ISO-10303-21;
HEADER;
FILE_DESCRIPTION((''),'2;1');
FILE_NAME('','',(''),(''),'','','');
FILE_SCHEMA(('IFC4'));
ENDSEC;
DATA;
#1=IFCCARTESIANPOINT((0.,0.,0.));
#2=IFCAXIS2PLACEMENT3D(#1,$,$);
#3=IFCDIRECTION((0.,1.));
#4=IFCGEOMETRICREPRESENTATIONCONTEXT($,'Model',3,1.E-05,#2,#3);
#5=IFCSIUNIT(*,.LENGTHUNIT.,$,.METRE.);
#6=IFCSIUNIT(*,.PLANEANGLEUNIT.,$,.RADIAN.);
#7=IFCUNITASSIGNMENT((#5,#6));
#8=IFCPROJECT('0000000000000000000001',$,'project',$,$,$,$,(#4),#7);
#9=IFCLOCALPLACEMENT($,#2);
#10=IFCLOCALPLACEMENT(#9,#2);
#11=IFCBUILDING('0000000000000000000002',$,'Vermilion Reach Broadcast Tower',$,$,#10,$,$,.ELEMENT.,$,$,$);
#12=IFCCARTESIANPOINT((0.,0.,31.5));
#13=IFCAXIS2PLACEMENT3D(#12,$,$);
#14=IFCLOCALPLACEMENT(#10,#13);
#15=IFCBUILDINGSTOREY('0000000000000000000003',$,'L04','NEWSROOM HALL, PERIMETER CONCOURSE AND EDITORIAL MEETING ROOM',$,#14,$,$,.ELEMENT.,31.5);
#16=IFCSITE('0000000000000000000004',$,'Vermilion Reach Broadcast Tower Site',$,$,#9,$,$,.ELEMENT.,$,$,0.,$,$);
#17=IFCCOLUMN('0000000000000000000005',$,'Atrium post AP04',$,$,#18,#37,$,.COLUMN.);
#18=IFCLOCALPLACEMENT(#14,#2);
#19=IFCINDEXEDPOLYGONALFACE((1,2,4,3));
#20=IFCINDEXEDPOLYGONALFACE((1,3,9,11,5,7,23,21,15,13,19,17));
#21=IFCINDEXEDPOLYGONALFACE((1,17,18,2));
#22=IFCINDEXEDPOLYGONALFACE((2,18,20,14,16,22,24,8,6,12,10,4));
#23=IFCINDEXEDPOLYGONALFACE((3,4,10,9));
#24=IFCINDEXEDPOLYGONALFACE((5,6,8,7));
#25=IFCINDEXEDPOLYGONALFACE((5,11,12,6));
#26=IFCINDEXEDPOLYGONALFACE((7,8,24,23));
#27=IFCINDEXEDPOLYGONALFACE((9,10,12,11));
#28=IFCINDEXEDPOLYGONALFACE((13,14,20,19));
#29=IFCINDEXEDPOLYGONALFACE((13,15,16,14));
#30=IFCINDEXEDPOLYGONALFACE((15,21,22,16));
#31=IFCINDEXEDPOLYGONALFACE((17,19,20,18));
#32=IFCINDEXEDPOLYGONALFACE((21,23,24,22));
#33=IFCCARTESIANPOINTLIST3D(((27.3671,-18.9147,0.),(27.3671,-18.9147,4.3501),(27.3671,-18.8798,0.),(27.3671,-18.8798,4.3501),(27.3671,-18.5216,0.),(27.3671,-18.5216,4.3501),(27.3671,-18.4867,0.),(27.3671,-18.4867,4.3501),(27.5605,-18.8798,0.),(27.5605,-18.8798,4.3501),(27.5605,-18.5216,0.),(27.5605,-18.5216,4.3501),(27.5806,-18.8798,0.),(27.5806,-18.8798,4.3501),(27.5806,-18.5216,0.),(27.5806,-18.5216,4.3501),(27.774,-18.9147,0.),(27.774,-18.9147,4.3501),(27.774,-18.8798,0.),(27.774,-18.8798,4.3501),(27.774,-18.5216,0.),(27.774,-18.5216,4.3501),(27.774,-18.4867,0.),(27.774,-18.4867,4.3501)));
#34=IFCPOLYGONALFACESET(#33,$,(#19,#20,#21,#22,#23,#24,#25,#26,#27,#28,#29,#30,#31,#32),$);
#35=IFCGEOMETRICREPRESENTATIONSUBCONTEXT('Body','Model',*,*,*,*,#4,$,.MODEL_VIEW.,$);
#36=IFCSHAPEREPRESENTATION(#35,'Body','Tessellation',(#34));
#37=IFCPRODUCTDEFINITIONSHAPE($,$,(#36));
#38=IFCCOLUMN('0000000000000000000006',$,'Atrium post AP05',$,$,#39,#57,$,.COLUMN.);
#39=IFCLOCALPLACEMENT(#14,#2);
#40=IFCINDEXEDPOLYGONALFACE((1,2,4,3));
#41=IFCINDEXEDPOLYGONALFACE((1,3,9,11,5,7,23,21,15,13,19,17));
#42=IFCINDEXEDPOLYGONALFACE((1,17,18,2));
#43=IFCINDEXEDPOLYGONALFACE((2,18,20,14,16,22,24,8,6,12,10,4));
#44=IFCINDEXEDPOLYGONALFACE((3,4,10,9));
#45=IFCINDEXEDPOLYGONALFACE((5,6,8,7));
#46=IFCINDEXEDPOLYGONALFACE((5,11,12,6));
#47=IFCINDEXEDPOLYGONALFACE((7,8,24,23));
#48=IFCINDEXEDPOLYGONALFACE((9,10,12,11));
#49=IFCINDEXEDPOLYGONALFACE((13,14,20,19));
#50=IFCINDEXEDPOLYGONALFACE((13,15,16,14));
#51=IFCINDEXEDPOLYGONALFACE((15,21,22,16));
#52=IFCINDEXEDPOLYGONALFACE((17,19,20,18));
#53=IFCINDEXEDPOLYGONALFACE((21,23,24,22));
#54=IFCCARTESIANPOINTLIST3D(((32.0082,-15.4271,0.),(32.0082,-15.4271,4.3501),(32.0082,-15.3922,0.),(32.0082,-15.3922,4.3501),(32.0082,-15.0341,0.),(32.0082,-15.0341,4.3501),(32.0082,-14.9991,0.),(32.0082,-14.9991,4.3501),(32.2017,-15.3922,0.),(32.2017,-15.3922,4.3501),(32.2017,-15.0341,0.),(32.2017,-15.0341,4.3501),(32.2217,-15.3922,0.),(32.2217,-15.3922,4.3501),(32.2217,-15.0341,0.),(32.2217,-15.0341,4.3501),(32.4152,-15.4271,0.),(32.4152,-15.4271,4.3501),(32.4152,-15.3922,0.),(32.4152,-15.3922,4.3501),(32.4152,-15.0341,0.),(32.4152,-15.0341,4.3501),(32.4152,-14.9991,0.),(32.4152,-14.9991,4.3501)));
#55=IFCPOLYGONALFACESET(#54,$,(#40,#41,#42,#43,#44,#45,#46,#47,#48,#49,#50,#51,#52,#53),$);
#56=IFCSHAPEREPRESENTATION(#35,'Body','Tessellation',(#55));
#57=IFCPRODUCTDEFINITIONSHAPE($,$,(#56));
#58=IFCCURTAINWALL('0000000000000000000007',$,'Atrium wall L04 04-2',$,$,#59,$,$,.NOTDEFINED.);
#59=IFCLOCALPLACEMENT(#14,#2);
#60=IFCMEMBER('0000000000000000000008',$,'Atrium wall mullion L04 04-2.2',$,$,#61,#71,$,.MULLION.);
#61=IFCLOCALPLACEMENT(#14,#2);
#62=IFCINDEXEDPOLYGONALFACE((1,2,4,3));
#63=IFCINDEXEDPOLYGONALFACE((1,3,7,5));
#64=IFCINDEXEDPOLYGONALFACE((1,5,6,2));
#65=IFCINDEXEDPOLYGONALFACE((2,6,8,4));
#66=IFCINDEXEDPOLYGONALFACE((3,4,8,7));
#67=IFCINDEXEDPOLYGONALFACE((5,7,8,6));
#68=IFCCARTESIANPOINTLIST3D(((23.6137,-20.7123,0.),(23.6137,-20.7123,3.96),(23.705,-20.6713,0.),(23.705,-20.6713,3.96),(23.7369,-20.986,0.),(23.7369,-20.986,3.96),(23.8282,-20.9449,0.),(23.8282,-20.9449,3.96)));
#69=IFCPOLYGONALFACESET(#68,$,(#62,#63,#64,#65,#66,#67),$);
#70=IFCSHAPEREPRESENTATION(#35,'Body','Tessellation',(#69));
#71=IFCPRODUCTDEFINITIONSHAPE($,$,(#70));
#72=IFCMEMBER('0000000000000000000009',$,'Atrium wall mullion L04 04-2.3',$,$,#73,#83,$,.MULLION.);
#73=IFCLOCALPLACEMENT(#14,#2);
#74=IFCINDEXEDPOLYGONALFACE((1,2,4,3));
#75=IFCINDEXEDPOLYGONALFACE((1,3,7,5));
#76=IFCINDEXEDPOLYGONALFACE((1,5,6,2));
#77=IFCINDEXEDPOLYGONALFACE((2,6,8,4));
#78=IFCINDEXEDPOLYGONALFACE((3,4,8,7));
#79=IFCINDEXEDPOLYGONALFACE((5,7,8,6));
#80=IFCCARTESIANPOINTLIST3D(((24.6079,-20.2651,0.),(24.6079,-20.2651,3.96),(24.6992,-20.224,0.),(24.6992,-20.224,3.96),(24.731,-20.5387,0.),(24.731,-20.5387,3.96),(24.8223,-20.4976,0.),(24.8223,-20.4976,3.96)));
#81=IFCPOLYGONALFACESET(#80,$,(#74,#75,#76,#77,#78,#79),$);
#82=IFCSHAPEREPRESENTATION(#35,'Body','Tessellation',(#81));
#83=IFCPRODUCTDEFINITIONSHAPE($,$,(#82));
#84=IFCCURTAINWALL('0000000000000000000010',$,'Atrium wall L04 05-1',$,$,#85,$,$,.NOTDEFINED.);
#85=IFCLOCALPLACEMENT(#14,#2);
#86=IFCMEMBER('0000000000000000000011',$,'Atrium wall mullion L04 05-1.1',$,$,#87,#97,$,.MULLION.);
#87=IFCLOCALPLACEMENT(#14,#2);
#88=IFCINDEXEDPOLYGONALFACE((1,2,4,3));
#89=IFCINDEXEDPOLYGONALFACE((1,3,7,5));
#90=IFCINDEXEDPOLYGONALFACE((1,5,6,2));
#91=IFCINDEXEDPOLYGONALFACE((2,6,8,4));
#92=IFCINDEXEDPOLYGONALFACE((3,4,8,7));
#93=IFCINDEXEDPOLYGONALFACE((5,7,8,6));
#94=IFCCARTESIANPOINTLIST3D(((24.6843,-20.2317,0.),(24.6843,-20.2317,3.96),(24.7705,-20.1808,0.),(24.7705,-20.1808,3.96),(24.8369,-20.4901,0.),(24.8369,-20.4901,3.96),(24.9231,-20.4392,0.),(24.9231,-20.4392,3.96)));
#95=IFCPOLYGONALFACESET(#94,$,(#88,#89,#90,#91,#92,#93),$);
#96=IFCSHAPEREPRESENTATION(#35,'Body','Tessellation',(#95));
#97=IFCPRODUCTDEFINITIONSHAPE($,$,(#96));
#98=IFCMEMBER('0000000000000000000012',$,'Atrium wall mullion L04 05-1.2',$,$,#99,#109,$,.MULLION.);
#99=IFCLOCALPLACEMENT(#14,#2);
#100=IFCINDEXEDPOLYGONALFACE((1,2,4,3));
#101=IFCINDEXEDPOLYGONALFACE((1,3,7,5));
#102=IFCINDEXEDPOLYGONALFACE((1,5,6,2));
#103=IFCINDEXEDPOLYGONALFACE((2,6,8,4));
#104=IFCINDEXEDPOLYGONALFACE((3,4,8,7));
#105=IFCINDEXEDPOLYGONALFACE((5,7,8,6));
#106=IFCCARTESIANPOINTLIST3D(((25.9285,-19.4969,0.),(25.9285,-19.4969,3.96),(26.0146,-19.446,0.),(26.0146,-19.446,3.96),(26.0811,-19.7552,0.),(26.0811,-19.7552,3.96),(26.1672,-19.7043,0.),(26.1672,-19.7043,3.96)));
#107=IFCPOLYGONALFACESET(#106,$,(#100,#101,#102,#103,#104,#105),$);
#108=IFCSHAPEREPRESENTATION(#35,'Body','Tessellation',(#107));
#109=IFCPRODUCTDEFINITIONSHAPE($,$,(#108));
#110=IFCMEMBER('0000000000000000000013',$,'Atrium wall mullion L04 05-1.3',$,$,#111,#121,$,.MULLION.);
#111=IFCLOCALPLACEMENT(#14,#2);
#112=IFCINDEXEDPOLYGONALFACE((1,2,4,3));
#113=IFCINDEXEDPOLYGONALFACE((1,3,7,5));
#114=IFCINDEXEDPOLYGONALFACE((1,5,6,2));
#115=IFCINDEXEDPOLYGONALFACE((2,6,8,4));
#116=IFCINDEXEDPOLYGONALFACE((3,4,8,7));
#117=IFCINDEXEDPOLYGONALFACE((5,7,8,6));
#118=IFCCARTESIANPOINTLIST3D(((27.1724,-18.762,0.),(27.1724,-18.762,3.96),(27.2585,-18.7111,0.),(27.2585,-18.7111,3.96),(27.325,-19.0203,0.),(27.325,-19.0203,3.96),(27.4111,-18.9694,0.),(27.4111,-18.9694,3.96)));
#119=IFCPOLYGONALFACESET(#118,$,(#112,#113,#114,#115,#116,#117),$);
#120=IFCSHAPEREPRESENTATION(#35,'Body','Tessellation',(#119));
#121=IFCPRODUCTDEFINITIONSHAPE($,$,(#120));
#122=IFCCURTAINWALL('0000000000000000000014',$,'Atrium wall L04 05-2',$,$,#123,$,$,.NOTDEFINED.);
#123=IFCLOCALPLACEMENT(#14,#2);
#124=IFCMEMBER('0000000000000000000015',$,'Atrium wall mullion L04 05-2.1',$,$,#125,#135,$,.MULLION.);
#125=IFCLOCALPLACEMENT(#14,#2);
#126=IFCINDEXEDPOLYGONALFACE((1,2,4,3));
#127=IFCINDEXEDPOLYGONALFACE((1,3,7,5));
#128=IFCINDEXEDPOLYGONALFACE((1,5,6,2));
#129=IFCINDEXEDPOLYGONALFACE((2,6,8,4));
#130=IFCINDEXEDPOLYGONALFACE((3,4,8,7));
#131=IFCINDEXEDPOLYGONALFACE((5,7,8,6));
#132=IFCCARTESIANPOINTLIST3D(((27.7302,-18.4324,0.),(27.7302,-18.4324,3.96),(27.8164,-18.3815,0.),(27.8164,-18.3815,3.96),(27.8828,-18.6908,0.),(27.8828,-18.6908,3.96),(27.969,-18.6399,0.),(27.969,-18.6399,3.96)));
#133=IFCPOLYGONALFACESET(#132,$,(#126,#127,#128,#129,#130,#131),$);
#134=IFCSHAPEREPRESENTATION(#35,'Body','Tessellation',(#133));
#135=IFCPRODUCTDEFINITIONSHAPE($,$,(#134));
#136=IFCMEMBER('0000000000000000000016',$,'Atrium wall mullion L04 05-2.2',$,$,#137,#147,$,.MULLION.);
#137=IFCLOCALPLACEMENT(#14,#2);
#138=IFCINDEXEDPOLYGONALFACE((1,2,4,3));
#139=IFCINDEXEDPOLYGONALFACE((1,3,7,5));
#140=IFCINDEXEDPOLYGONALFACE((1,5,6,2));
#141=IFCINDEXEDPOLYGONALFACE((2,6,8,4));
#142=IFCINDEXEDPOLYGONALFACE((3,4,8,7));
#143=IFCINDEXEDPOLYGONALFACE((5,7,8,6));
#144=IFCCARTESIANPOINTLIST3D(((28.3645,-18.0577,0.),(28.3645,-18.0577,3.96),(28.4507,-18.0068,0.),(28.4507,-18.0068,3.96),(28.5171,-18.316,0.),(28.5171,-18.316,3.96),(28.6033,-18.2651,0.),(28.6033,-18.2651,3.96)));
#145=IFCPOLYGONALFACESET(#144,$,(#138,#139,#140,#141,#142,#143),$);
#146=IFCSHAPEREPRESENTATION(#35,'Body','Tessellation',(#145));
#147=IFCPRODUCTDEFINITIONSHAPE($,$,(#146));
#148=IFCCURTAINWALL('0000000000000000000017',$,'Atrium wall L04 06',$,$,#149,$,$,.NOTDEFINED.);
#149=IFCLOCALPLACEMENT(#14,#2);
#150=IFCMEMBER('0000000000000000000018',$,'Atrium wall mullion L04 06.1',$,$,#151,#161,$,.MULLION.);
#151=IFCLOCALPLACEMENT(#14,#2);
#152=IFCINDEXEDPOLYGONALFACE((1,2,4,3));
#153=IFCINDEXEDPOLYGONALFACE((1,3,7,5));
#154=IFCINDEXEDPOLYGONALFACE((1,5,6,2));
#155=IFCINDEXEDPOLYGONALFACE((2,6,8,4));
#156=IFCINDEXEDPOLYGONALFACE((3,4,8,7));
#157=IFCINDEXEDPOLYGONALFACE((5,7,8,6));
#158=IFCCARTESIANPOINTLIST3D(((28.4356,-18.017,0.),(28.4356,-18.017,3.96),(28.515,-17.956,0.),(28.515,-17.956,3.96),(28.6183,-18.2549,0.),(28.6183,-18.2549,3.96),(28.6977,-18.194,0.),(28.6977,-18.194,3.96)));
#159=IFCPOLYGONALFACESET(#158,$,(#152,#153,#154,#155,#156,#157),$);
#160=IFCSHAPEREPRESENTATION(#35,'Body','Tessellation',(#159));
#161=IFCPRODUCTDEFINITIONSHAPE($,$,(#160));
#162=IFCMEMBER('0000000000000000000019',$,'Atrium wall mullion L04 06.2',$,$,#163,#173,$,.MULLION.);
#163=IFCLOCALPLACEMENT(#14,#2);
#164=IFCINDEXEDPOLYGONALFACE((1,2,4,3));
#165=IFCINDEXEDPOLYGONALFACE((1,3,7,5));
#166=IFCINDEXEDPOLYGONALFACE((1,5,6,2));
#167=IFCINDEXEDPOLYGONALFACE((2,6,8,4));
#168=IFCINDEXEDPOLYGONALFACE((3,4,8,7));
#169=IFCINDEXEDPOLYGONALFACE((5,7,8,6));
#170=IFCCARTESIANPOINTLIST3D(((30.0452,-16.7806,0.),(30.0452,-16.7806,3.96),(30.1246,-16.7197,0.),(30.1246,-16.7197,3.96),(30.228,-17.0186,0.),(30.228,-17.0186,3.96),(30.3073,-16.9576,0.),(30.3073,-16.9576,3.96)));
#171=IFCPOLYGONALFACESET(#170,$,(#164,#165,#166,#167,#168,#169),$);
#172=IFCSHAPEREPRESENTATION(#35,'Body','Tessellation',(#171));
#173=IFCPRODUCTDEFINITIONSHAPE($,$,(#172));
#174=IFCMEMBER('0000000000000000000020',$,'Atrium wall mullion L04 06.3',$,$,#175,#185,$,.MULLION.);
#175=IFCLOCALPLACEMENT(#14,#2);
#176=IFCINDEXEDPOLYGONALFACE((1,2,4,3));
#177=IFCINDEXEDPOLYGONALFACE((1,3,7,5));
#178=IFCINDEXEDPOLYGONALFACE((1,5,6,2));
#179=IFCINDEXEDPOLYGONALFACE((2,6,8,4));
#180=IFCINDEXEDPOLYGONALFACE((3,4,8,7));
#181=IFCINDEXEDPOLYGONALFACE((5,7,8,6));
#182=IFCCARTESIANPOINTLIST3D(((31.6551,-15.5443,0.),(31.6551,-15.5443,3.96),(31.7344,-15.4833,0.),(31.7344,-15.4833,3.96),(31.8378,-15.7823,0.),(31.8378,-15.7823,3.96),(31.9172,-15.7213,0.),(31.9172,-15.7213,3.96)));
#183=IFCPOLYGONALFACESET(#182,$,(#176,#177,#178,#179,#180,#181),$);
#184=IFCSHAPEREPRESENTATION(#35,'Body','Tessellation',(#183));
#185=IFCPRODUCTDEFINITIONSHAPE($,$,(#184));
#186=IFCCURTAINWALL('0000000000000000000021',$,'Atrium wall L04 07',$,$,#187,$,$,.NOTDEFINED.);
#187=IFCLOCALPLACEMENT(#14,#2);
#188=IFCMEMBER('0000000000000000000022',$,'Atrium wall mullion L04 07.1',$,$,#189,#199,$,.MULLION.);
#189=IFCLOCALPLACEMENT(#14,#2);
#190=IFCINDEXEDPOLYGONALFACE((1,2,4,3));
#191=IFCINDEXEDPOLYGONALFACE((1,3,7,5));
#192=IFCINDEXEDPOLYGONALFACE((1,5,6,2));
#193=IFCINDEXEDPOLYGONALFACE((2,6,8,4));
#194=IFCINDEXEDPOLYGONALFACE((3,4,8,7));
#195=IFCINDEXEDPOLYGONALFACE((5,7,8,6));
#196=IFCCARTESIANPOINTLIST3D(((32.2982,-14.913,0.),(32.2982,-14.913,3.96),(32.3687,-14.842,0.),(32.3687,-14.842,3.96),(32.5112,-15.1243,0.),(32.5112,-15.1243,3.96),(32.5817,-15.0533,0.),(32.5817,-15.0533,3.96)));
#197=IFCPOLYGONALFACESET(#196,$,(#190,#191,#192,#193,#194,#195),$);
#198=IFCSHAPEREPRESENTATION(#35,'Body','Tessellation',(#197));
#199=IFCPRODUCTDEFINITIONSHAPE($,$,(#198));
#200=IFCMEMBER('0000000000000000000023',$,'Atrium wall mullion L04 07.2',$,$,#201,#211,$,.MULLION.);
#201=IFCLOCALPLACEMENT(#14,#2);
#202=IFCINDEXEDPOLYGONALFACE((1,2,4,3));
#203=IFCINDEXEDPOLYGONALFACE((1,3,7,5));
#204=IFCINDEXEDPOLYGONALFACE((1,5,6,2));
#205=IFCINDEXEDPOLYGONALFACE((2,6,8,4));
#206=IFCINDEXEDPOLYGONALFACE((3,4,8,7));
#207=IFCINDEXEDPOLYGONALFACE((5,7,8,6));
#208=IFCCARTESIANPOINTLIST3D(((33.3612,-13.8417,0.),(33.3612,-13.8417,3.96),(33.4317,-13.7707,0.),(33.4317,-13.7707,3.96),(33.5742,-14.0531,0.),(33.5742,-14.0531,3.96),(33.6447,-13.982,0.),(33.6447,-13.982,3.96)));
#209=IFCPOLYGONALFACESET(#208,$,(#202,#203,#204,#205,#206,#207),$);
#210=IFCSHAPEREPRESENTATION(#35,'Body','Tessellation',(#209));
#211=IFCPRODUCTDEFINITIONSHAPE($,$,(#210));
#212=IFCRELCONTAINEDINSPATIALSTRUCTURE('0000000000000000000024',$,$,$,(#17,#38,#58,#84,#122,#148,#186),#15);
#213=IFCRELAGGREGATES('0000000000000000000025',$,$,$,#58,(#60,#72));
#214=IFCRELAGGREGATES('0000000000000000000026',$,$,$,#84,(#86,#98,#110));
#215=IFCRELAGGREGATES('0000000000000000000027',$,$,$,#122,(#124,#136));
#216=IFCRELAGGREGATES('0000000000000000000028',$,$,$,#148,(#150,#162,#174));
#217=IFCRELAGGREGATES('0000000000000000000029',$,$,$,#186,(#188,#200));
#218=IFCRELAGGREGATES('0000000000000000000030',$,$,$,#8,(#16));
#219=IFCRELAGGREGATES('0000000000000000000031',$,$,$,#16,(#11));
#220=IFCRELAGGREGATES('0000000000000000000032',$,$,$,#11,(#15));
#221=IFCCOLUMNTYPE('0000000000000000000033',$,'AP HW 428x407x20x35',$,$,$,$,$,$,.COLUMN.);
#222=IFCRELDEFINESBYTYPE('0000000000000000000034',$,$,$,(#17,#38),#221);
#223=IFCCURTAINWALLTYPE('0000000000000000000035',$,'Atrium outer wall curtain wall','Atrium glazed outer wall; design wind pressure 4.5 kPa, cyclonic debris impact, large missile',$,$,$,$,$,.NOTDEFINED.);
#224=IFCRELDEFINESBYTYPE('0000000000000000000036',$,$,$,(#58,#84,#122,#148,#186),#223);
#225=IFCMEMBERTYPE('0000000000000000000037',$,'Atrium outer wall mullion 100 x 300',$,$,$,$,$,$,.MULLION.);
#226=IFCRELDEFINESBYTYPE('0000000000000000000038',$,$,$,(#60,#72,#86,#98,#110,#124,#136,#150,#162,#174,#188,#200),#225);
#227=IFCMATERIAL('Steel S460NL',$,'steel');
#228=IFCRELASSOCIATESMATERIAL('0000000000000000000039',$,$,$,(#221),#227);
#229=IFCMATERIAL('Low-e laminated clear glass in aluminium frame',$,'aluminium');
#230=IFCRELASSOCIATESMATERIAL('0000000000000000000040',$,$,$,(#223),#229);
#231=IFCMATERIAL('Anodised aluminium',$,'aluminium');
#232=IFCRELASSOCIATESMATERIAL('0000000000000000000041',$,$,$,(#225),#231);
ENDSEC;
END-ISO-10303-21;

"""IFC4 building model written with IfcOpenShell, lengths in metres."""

from ifc_helpers import new_model, si_unit, direction, frame, origin, origin_2d, place, context, subcontext, project, spatial, rectangle, i_section, extrude, material, material_profile, profile_set, type_object, element, aggregate, save


model = new_model("IFC4")

# Units and contexts
model_context = context("Model", 3, precision=1e-05, world=origin(), true_north=direction((0.0, 1.0)))
body_context = subcontext(model_context, "Body", "Model", "MODEL_VIEW")
ifc_project = project(units=[si_unit("LENGTHUNIT", "METRE"), si_unit("PLANEANGLEUNIT", "RADIAN")], contexts=[model_context])

# Site, building, storey
site_placement = place(None, origin())
site = spatial("IfcSite", under=ifc_project, at=site_placement, Name="Vermilion Reach Broadcast Tower Site", CompositionType="ELEMENT", RefElevation=0.0)
building_placement = place(site_placement, origin())
building = spatial("IfcBuilding", under=site, at=building_placement, Name="Vermilion Reach Broadcast Tower", CompositionType="ELEMENT")
storey_placement = place(building_placement, frame((0.0, 0.0, 31.5)))
storey = spatial("IfcBuildingStorey", under=building, at=storey_placement, Name="L04", Description="NEWSROOM HALL, PERIMETER CONCOURSE AND EDITORIAL MEETING ROOM", CompositionType="ELEMENT", Elevation=31.5)

# Columns
ifc_material_1 = material(Name="Steel S460NL", Category="steel")
ifc_material_profile_1 = material_profile(ifc_material_1, i_section(OverallWidth=0.407, OverallDepth=0.428, WebThickness=0.02, FlangeThickness=0.0349, at=origin_2d()), Name="S460NL HW 428x407x20x35")
ifc_profile_set_1 = profile_set([ifc_material_profile_1], Name="Steel S460NL")
column_type = type_object("IfcColumnType", Name="AP HW 428x407x20x35", PredefinedType="COLUMN", material=ifc_profile_set_1)
for number, where, z_axis, x_axis, name in (
    (1, (27.5706, -18.7007, 0.0), (0.0, 0.0, 1.0), (1.0, 0.0, 0.0), "Atrium post AP04"),
    (2, (32.2117, -15.2131, 0.0), (0.0, 0.0, 1.0), (1.0, 0.0, 0.0), "Atrium post AP05"),
):
    element("IfcColumn", number, at=place(storey_placement, frame(where, z_axis=z_axis, x_axis=x_axis)), inside=storey, type_object=column_type, Name=name, PredefinedType="COLUMN", context=body_context, shape_type="SweptSolid", body=[
        extrude(i_section(OverallWidth=0.407, OverallDepth=0.428, WebThickness=0.02, FlangeThickness=0.0349, at=origin_2d()), origin(), (0.0, 0.0, 1.0), 4.3501),
    ])

# Curtain walls, members
ifc_material_2 = material(Name="Low-e laminated clear glass in aluminium frame", Category="aluminium")
curtain_wall_type = type_object("IfcCurtainWallType", Name="Atrium outer wall curtain wall", Description="Atrium glazed outer wall; design wind pressure 4.5 kPa, cyclonic debris impact, large missile", PredefinedType="NOTDEFINED", material=ifc_material_2)
placement = place(storey_placement, origin())
curtain_wall_1 = element("IfcCurtainWall", 3, at=placement, inside=storey, type_object=curtain_wall_type, Name="Atrium wall L04 04-2", PredefinedType="NOTDEFINED")
ifc_material_3 = material(Name="Anodised aluminium", Category="aluminium")
ifc_material_profile_2 = material_profile(ifc_material_3, rectangle(XDim=0.3, YDim=0.1001, at=origin_2d()), Name="Atrium outer wall mullion 100 x 300")
ifc_profile_set_2 = profile_set([ifc_material_profile_2], Name="Anodised aluminium")
member_type_1 = type_object("IfcMemberType", Name="Atrium outer wall mullion 100 x 300", PredefinedType="MULLION", material=ifc_profile_set_2)
member_1_placement = place(storey_placement, frame((23.7209, -20.8286, 0.0), z_axis=(0.0, 0.0, 1.0), x_axis=(-0.410408, 0.911902, 0.0)))
member_1 = element("IfcMember", 4, at=member_1_placement, type_object=member_type_1, Name="Atrium wall mullion L04 04-2.2", PredefinedType="MULLION", context=body_context, shape_type="SweptSolid", body=[
    extrude(rectangle(XDim=0.3, YDim=0.1001, at=origin_2d()), origin(), (0.0, 0.0, 1.0), 3.96),
])
member_2_placement = place(storey_placement, frame((24.7151, -20.3813, 0.0), z_axis=(0.0, 0.0, 1.0), x_axis=(-0.410408, 0.911902, 0.0)))
member_2 = element("IfcMember", 5, at=member_2_placement, type_object=member_type_1, Name="Atrium wall mullion L04 04-2.3", PredefinedType="MULLION", context=body_context, shape_type="SweptSolid", body=[
    extrude(rectangle(XDim=0.3, YDim=0.1001, at=origin_2d()), origin(), (0.0, 0.0, 1.0), 3.96),
])
curtain_wall_2 = element("IfcCurtainWall", 6, at=placement, inside=storey, type_object=curtain_wall_type, Name="Atrium wall L04 05-1", PredefinedType="NOTDEFINED")
member_3_placement = place(storey_placement, frame((24.8037, -20.3354, 0.0), z_axis=(0.0, 0.0, 1.0), x_axis=(-0.50859, 0.861009, 0.0)))
member_3 = element("IfcMember", 7, at=member_3_placement, type_object=member_type_1, Name="Atrium wall mullion L04 05-1.1", PredefinedType="MULLION", context=body_context, shape_type="SweptSolid", body=[
    extrude(rectangle(XDim=0.3, YDim=0.1001, at=origin_2d()), origin(), (0.0, 0.0, 1.0), 3.96),
])
member_4_placement = place(storey_placement, frame((26.0479, -19.6006, 0.0), z_axis=(0.0, 0.0, 1.0), x_axis=(-0.50859, 0.861009, 0.0)))
member_4 = element("IfcMember", 8, at=member_4_placement, type_object=member_type_1, Name="Atrium wall mullion L04 05-1.2", PredefinedType="MULLION", context=body_context, shape_type="SweptSolid", body=[
    extrude(rectangle(XDim=0.3, YDim=0.1001, at=origin_2d()), origin(), (0.0, 0.0, 1.0), 3.96),
])
member_5_placement = place(storey_placement, frame((27.2917, -18.8657, 0.0), z_axis=(0.0, 0.0, 1.0), x_axis=(-0.50859, 0.861009, 0.0)))
member_5 = element("IfcMember", 9, at=member_5_placement, type_object=member_type_1, Name="Atrium wall mullion L04 05-1.3", PredefinedType="MULLION", context=body_context, shape_type="SweptSolid", body=[
    extrude(rectangle(XDim=0.3, YDim=0.1001, at=origin_2d()), origin(), (0.0, 0.0, 1.0), 3.96),
])
curtain_wall_3 = element("IfcCurtainWall", 10, at=placement, inside=storey, type_object=curtain_wall_type, Name="Atrium wall L04 05-2", PredefinedType="NOTDEFINED")
member_6_placement = place(storey_placement, frame((27.8496, -18.5361, 0.0), z_axis=(0.0, 0.0, 1.0), x_axis=(-0.50859, 0.861009, 0.0)))
member_6 = element("IfcMember", 11, at=member_6_placement, type_object=member_type_1, Name="Atrium wall mullion L04 05-2.1", PredefinedType="MULLION", context=body_context, shape_type="SweptSolid", body=[
    extrude(rectangle(XDim=0.3, YDim=0.1001, at=origin_2d()), origin(), (0.0, 0.0, 1.0), 3.96),
])
member_7_placement = place(storey_placement, frame((28.4839, -18.1614, 0.0), z_axis=(0.0, 0.0, 1.0), x_axis=(-0.50859, 0.861009, 0.0)))
member_7 = element("IfcMember", 12, at=member_7_placement, type_object=member_type_1, Name="Atrium wall mullion L04 05-2.2", PredefinedType="MULLION", context=body_context, shape_type="SweptSolid", body=[
    extrude(rectangle(XDim=0.3, YDim=0.1001, at=origin_2d()), origin(), (0.0, 0.0, 1.0), 3.96),
])
curtain_wall_4 = element("IfcCurtainWall", 13, at=placement, inside=storey, type_object=curtain_wall_type, Name="Atrium wall L04 06", PredefinedType="NOTDEFINED")
member_8_placement = place(storey_placement, frame((28.5667, -18.1055, 0.0), z_axis=(0.0, 0.0, 1.0), x_axis=(-0.609114, 0.793083, 0.0)))
member_8 = element("IfcMember", 14, at=member_8_placement, type_object=member_type_1, Name="Atrium wall mullion L04 06.1", PredefinedType="MULLION", context=body_context, shape_type="SweptSolid", body=[
    extrude(rectangle(XDim=0.3, YDim=0.1001, at=origin_2d()), origin(), (0.0, 0.0, 1.0), 3.96),
])
member_9_placement = place(storey_placement, frame((30.1763, -16.8691, 0.0), z_axis=(0.0, 0.0, 1.0), x_axis=(-0.609114, 0.793083, 0.0)))
member_9 = element("IfcMember", 15, at=member_9_placement, type_object=member_type_1, Name="Atrium wall mullion L04 06.2", PredefinedType="MULLION", context=body_context, shape_type="SweptSolid", body=[
    extrude(rectangle(XDim=0.3, YDim=0.1001, at=origin_2d()), origin(), (0.0, 0.0, 1.0), 3.96),
])
member_10_placement = place(storey_placement, frame((31.7861, -15.6328, 0.0), z_axis=(0.0, 0.0, 1.0), x_axis=(-0.609114, 0.793083, 0.0)))
member_10 = element("IfcMember", 16, at=member_10_placement, type_object=member_type_1, Name="Atrium wall mullion L04 06.3", PredefinedType="MULLION", context=body_context, shape_type="SweptSolid", body=[
    extrude(rectangle(XDim=0.3, YDim=0.1001, at=origin_2d()), origin(), (0.0, 0.0, 1.0), 3.96),
])
curtain_wall_5 = element("IfcCurtainWall", 17, at=placement, inside=storey, type_object=curtain_wall_type, Name="Atrium wall L04 07", PredefinedType="NOTDEFINED")
member_11_placement = place(storey_placement, frame((32.4399, -14.9832, 0.0), z_axis=(0.0, 0.0, 1.0), x_axis=(-0.709926, 0.704276, 0.0)))
member_11 = element("IfcMember", 18, at=member_11_placement, type_object=member_type_1, Name="Atrium wall mullion L04 07.1", PredefinedType="MULLION", context=body_context, shape_type="SweptSolid", body=[
    extrude(rectangle(XDim=0.3, YDim=0.1001, at=origin_2d()), origin(), (0.0, 0.0, 1.0), 3.96),
])
member_12_placement = place(storey_placement, frame((33.5029, -13.9119, 0.0), z_axis=(0.0, 0.0, 1.0), x_axis=(-0.709926, 0.704276, 0.0)))
member_12 = element("IfcMember", 19, at=member_12_placement, type_object=member_type_1, Name="Atrium wall mullion L04 07.2", PredefinedType="MULLION", context=body_context, shape_type="SweptSolid", body=[
    extrude(rectangle(XDim=0.3, YDim=0.1001, at=origin_2d()), origin(), (0.0, 0.0, 1.0), 3.96),
])

aggregate(curtain_wall_1, [member_1, member_2])
aggregate(curtain_wall_2, [member_3, member_4, member_5])
aggregate(curtain_wall_3, [member_6, member_7])
aggregate(curtain_wall_4, [member_8, member_9, member_10])
aggregate(curtain_wall_5, [member_11, member_12])

save(model, "model.ifc")
